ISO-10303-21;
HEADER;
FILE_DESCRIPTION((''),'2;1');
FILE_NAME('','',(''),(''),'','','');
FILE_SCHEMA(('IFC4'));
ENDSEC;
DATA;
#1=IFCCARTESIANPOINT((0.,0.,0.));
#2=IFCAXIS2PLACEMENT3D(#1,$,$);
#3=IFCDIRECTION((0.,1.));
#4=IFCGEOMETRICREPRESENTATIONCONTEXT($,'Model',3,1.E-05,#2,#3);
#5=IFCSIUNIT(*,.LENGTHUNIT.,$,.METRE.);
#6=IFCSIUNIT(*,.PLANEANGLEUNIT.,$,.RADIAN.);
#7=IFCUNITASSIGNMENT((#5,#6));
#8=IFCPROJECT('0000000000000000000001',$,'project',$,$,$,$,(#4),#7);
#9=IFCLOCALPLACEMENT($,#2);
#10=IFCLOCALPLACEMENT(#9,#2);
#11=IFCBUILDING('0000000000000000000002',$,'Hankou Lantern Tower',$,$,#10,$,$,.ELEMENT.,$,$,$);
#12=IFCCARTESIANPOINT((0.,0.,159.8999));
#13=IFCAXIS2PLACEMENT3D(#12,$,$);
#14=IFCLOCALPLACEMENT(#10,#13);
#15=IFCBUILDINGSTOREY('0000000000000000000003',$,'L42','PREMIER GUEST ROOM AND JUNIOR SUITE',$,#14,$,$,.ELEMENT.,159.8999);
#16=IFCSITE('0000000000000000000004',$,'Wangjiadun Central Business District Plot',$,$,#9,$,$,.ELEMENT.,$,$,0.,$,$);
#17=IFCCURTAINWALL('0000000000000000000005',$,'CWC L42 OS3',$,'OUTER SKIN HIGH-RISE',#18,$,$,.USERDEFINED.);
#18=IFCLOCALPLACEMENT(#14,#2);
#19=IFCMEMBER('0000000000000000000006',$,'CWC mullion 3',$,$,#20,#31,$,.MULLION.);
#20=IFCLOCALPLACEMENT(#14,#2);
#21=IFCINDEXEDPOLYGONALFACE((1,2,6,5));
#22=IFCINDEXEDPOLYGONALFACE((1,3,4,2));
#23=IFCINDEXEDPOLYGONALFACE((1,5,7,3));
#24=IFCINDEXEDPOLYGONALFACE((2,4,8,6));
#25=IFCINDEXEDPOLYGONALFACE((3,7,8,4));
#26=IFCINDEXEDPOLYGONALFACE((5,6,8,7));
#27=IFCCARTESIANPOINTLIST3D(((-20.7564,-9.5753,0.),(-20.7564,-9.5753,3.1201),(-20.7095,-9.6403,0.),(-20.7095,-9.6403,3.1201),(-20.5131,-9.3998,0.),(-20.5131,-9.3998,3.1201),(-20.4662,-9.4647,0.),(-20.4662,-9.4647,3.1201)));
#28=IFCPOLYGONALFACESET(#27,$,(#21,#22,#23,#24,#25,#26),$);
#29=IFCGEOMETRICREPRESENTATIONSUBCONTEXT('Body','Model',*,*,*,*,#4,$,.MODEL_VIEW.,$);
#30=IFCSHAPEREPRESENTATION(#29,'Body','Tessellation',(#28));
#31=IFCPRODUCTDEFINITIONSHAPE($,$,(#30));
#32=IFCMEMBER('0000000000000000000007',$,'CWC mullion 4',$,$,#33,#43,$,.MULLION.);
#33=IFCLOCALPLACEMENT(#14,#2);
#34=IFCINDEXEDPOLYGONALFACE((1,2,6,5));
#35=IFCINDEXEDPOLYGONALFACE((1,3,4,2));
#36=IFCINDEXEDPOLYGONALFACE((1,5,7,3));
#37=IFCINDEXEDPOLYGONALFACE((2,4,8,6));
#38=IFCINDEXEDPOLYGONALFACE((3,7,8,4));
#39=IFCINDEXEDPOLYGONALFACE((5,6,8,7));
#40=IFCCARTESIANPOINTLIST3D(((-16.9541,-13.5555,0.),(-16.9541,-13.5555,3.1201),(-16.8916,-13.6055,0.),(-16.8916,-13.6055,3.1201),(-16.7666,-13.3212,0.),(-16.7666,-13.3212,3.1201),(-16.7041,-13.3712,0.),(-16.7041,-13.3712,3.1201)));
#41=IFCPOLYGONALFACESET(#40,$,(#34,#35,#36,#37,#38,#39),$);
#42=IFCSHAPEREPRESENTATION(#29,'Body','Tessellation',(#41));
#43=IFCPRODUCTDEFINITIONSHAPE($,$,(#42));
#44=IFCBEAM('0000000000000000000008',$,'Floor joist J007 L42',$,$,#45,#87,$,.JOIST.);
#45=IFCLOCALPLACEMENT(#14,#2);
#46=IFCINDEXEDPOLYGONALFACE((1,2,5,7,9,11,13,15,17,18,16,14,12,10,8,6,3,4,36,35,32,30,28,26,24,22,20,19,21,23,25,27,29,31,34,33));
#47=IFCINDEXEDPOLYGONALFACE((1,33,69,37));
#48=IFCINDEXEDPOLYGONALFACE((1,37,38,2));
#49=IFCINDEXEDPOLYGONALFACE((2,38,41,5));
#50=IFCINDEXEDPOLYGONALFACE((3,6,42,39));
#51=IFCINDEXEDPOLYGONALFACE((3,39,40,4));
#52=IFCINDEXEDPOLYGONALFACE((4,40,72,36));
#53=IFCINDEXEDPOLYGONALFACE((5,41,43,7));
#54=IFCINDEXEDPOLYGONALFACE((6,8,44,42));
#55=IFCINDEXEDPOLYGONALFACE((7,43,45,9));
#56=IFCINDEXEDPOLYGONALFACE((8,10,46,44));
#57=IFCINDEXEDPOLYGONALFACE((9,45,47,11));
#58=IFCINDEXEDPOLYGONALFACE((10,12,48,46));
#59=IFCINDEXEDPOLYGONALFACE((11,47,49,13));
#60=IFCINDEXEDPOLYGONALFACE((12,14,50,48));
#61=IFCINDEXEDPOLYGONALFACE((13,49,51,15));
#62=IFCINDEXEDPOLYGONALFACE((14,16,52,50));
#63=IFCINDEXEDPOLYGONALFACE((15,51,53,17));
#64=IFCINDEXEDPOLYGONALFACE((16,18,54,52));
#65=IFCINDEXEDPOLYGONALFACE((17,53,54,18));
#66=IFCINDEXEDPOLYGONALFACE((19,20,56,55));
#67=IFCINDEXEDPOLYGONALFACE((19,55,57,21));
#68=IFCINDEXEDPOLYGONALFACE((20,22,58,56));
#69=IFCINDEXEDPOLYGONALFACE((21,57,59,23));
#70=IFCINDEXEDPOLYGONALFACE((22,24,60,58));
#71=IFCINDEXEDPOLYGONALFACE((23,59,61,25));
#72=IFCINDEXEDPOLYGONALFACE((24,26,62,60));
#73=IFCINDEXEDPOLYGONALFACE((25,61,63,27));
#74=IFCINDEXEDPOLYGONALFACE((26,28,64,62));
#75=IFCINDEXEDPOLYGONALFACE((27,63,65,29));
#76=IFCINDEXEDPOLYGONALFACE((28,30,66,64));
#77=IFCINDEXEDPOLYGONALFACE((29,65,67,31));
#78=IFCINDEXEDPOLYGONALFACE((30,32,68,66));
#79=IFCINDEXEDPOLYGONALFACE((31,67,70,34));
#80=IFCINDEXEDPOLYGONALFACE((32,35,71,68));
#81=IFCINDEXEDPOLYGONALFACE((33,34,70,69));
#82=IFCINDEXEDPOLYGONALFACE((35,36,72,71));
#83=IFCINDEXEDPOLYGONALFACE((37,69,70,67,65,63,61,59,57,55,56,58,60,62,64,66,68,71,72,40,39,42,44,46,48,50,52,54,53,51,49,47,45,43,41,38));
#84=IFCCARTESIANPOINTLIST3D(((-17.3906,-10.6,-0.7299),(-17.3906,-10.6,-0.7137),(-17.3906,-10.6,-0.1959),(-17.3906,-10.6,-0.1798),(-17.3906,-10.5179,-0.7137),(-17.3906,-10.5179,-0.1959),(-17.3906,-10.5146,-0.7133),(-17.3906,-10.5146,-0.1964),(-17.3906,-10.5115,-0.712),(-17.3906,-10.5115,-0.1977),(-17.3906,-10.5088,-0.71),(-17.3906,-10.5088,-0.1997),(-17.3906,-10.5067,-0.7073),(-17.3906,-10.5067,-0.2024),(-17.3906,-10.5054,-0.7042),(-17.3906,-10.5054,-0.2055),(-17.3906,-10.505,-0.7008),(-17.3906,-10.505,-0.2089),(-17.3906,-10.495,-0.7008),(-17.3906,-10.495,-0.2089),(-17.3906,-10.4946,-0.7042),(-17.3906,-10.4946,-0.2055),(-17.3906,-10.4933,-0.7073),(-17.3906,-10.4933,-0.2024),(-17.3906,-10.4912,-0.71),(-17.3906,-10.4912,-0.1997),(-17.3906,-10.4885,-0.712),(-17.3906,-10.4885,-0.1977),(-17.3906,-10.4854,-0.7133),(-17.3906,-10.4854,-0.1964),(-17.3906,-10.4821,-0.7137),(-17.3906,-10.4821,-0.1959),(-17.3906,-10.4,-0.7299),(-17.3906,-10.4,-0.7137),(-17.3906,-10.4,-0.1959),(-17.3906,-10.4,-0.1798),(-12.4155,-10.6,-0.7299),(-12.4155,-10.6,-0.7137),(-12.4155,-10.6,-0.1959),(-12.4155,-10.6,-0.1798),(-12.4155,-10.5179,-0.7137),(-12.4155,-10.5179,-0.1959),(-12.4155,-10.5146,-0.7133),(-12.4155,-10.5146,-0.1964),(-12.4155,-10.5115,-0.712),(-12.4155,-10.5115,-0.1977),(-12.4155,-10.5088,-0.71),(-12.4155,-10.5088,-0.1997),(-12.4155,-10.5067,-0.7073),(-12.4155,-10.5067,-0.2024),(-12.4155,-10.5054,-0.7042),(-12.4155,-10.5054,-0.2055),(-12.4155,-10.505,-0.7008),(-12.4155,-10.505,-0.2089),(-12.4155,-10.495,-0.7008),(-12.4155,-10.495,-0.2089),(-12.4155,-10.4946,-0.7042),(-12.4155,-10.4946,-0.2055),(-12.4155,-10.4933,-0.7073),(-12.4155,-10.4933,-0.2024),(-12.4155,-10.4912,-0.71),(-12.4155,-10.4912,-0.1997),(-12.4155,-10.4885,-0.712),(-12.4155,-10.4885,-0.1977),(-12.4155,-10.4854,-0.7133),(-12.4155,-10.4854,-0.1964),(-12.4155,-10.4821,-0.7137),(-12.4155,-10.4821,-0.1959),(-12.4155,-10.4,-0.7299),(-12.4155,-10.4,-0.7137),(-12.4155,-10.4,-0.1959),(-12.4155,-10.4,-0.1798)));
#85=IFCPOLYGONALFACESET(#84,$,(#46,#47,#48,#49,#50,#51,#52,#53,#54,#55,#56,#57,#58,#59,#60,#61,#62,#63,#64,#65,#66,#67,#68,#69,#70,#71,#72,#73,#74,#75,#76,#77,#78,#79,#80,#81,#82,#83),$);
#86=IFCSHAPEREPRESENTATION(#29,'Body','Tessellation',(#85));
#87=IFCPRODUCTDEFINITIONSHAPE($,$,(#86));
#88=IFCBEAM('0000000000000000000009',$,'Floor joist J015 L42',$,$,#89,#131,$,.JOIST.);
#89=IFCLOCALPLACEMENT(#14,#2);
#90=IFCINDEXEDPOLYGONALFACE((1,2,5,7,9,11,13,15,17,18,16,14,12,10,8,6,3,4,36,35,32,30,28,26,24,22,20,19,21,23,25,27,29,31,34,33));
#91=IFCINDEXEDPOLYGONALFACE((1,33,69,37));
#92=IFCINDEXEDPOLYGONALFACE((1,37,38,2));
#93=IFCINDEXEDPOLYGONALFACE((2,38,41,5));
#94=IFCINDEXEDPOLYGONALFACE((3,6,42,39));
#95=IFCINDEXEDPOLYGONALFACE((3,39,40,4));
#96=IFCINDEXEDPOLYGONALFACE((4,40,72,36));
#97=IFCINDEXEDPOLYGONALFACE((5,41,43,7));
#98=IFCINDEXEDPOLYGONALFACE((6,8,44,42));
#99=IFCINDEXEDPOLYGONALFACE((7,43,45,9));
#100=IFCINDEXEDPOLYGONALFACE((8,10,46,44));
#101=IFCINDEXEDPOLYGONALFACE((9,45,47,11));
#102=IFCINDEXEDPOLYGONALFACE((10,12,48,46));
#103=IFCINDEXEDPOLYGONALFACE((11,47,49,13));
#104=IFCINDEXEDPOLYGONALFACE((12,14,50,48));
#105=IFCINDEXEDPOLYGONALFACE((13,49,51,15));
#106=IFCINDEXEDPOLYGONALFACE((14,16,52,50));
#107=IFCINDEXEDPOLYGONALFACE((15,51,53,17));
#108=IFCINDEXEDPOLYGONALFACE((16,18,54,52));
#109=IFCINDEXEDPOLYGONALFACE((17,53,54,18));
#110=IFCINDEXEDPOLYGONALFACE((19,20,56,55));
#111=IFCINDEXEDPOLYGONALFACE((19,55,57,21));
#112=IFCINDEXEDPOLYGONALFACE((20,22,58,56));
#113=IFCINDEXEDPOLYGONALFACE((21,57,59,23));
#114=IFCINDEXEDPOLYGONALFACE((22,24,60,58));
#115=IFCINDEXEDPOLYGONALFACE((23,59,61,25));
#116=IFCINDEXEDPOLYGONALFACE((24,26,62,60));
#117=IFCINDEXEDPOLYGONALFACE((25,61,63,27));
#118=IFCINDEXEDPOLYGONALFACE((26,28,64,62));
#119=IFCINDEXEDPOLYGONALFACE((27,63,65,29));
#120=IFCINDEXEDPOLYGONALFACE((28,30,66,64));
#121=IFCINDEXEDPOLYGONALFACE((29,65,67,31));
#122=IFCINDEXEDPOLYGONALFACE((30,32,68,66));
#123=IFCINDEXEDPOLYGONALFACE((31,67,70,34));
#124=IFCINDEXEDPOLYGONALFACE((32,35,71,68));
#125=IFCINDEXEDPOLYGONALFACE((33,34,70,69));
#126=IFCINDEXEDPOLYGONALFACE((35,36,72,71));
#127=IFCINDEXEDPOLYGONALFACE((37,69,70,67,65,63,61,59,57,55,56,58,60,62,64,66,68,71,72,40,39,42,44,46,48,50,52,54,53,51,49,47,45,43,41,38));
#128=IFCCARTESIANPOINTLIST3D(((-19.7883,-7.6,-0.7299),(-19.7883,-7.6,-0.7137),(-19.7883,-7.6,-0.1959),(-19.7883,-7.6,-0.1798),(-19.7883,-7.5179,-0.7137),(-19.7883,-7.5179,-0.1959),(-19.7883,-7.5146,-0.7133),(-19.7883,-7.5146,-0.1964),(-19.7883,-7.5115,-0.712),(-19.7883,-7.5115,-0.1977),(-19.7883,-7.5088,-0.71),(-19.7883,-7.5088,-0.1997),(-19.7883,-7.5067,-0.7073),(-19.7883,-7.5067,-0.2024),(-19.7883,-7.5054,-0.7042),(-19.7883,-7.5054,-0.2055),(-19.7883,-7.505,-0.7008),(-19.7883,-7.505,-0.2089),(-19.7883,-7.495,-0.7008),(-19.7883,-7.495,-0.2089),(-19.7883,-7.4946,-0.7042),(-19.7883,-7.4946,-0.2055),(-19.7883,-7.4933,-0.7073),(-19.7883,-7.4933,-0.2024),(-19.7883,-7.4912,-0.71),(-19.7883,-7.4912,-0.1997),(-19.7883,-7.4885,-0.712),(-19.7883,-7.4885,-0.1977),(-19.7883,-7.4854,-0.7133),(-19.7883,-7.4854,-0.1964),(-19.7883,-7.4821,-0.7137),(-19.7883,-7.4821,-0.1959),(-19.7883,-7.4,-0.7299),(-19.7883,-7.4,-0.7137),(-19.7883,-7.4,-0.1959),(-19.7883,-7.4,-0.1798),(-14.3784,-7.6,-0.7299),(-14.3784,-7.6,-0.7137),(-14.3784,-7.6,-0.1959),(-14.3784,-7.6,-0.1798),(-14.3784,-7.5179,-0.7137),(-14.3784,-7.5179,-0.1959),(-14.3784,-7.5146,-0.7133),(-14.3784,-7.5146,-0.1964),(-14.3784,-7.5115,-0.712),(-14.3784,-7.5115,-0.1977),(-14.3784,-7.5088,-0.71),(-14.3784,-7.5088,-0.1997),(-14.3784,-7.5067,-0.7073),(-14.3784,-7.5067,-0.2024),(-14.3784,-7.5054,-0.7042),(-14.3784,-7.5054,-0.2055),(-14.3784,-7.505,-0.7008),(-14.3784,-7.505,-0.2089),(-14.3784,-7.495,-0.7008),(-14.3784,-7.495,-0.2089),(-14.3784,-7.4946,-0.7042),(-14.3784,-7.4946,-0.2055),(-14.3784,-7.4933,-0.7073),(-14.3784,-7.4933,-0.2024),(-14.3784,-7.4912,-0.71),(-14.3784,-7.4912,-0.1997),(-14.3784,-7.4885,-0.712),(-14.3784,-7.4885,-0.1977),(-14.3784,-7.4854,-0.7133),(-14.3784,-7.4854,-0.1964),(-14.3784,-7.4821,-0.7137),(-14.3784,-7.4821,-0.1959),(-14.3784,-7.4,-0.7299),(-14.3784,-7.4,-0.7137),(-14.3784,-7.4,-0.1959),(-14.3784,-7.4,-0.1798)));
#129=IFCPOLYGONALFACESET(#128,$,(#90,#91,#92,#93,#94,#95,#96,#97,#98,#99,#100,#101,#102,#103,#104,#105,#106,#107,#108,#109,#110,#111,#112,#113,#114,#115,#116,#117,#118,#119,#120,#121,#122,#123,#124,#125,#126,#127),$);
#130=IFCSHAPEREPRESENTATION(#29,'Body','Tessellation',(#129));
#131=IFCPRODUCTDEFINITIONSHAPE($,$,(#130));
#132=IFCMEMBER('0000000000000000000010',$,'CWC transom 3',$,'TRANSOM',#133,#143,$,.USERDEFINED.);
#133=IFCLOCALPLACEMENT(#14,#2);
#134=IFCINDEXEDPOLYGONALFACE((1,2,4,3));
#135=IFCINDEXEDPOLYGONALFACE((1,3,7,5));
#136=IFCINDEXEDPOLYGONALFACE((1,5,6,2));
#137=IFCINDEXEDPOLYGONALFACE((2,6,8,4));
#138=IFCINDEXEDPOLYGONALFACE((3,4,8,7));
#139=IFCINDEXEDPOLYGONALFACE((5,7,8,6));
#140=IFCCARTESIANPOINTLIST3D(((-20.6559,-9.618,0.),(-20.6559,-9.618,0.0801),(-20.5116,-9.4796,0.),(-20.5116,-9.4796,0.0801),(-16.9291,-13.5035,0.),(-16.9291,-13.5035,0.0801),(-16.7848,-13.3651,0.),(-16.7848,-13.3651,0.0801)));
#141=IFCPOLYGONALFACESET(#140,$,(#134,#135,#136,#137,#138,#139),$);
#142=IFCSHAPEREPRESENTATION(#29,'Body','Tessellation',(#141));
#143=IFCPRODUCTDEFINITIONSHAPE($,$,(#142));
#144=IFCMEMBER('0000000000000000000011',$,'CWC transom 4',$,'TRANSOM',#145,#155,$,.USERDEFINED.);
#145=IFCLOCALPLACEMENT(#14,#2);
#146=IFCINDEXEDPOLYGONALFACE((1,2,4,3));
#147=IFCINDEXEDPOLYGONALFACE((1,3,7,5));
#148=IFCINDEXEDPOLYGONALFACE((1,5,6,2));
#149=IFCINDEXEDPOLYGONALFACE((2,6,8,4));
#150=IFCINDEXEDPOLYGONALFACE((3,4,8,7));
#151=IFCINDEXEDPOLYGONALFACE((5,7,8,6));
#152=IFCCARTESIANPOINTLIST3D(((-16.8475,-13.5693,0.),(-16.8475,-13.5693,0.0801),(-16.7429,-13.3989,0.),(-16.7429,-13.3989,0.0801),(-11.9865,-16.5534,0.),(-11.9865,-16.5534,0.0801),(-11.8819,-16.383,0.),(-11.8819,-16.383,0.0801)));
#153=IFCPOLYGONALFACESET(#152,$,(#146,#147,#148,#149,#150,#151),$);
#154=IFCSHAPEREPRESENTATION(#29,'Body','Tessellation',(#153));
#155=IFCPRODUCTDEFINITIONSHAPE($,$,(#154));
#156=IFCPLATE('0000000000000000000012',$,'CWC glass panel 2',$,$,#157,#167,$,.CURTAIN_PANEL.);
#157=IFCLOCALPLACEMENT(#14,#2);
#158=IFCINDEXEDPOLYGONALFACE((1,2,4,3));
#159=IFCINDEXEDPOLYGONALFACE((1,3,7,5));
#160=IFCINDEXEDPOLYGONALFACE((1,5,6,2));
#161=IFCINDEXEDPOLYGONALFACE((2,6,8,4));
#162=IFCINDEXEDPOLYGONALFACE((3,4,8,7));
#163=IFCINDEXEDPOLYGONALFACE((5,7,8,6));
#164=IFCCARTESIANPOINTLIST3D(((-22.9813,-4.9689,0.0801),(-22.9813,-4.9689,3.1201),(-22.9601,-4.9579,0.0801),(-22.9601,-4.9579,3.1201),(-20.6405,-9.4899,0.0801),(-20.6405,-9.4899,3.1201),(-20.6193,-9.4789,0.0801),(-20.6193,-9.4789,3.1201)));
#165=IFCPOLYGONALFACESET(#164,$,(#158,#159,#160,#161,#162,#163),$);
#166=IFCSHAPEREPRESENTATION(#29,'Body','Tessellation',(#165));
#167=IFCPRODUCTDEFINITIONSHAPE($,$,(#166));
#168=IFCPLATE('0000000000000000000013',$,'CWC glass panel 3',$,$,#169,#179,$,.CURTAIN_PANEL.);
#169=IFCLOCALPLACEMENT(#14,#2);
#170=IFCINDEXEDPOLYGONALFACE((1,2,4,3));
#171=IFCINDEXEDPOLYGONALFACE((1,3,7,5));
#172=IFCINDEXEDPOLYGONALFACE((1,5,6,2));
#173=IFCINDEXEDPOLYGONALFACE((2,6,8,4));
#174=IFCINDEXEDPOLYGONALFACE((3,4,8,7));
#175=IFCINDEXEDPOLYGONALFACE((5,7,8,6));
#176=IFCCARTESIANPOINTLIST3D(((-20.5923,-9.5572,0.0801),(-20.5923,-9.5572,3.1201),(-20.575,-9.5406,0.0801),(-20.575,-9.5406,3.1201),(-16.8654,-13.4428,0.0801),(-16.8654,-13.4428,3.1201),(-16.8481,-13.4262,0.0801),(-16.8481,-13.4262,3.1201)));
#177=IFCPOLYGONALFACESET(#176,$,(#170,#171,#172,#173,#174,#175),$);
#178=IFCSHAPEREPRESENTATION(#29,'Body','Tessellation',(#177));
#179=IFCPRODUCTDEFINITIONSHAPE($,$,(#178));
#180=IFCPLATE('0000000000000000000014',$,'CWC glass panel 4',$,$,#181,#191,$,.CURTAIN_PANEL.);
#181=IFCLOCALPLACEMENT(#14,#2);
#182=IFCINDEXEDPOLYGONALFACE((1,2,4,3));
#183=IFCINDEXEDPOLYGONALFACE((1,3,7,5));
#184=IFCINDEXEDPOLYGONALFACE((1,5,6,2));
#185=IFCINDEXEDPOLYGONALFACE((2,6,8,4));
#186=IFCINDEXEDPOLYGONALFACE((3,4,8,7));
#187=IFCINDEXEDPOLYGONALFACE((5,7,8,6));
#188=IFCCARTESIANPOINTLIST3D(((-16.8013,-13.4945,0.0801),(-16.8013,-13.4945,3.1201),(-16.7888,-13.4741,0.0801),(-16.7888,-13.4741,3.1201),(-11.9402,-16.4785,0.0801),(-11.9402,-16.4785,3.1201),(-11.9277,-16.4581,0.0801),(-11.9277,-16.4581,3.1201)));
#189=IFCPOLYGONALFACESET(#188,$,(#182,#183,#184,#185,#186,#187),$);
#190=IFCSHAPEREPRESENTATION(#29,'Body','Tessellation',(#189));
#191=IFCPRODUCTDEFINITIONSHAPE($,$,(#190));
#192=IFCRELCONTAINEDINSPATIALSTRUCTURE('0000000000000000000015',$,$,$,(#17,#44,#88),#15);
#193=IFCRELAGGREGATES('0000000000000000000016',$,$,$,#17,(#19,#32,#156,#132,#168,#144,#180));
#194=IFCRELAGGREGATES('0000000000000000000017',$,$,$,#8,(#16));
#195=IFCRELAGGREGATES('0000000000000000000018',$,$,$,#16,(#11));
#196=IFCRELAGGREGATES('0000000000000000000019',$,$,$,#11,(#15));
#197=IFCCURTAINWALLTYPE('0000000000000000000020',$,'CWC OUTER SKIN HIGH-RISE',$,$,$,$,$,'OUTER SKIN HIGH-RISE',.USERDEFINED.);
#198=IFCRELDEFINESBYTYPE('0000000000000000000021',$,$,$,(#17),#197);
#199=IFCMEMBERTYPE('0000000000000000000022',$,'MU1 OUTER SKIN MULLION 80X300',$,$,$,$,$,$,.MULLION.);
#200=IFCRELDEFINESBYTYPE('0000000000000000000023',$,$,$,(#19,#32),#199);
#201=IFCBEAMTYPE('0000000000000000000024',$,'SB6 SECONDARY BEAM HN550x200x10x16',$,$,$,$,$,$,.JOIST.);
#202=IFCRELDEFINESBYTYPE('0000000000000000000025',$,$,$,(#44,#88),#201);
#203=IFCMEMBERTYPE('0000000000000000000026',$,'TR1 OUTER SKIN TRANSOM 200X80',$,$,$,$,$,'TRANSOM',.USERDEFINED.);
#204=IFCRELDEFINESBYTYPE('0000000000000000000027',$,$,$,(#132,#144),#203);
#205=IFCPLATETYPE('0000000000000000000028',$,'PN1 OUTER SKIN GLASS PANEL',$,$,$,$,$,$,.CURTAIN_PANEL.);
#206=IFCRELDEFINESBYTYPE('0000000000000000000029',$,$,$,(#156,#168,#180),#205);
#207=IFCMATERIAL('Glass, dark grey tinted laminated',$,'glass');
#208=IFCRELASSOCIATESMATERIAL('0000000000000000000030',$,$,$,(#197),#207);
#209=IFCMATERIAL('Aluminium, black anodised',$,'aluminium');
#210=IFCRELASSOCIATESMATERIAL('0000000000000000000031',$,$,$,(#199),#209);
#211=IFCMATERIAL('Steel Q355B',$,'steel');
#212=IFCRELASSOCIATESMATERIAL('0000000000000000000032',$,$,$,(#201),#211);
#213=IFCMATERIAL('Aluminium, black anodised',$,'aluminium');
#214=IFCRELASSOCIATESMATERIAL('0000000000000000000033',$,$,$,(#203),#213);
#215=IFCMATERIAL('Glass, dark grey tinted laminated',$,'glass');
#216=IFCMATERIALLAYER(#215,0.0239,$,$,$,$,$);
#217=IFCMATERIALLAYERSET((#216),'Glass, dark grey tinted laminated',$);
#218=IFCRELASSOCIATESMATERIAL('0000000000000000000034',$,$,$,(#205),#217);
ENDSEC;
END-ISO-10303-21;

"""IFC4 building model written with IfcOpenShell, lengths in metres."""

from ifc_helpers import new_model, si_unit, direction, frame, origin, origin_2d, place, context, subcontext, project, spatial, rectangle, i_section, extrude, material, layer, layer_set, material_profile, profile_set, type_object, element, aggregate, save


model = new_model("IFC4")

# Units and contexts
model_context = context("Model", 3, precision=1e-05, world=origin(), true_north=direction((0.0, 1.0)))
body_context = subcontext(model_context, "Body", "Model", "MODEL_VIEW")
ifc_project = project(units=[si_unit("LENGTHUNIT", "METRE"), si_unit("PLANEANGLEUNIT", "RADIAN")], contexts=[model_context])

# Site, building, storey
site_placement = place(None, origin())
site = spatial("IfcSite", under=ifc_project, at=site_placement, Name="Wangjiadun Central Business District Plot", CompositionType="ELEMENT", RefElevation=0.0)
building_placement = place(site_placement, origin())
building = spatial("IfcBuilding", under=site, at=building_placement, Name="Hankou Lantern Tower", CompositionType="ELEMENT")
storey_placement = place(building_placement, frame((0.0, 0.0, 159.8999)))
storey = spatial("IfcBuildingStorey", under=building, at=storey_placement, Name="L42", Description="PREMIER GUEST ROOM AND JUNIOR SUITE", CompositionType="ELEMENT", Elevation=159.8999)

# Curtain wall, members
ifc_material_1 = material(Name="Glass, dark grey tinted laminated", Category="glass")
curtain_wall_type = type_object("IfcCurtainWallType", Name="CWC OUTER SKIN HIGH-RISE", ElementType="OUTER SKIN HIGH-RISE", PredefinedType="USERDEFINED", material=ifc_material_1)
curtain_wall_placement = place(storey_placement, origin())
curtain_wall = element("IfcCurtainWall", 1, at=curtain_wall_placement, inside=storey, type_object=curtain_wall_type, Name="CWC L42 OS3", ObjectType="OUTER SKIN HIGH-RISE", PredefinedType="USERDEFINED")
ifc_material_2 = material(Name="Aluminium, black anodised", Category="aluminium")
ifc_material_profile_1 = material_profile(ifc_material_2, rectangle(XDim=0.0801, YDim=0.3, at=origin_2d()), Name="MU1 80X300")
ifc_profile_set_1 = profile_set([ifc_material_profile_1], Name="Aluminium, black anodised")
member_type_1 = type_object("IfcMemberType", Name="MU1 OUTER SKIN MULLION 80X300", PredefinedType="MULLION", material=ifc_profile_set_1)
member_1_placement = place(storey_placement, frame((-20.6113, -9.52, 0.0), z_axis=(0.0, 0.0, 1.0), x_axis=(0.585206, -0.810885, 0.0)))
member_1 = element("IfcMember", 2, at=member_1_placement, type_object=member_type_1, Name="CWC mullion 3", PredefinedType="MULLION", context=body_context, shape_type="SweptSolid", body=[
    extrude(rectangle(XDim=0.0801, YDim=0.3, at=origin_2d()), origin(), (0.0, 0.0, 1.0), 3.1201),
])
member_2_placement = place(storey_placement, frame((-16.8291, -13.4634, 0.0), z_axis=(0.0, 0.0, 1.0), x_axis=(0.780869, -0.624695, 0.0)))
member_2 = element("IfcMember", 3, at=member_2_placement, type_object=member_type_1, Name="CWC mullion 4", PredefinedType="MULLION", context=body_context, shape_type="SweptSolid", body=[
    extrude(rectangle(XDim=0.0801, YDim=0.3, at=origin_2d()), origin(), (0.0, 0.0, 1.0), 3.1201),
])

# Beams
ifc_material_3 = material(Name="Steel Q355B", Category="steel")
ifc_material_profile_2 = material_profile(ifc_material_3, i_section(OverallWidth=0.2, OverallDepth=0.55, WebThickness=0.01, FlangeThickness=0.0161, FilletRadius=0.0129, at=origin_2d()), Name="HN550x200x10x16")
ifc_profile_set_2 = profile_set([ifc_material_profile_2], Name="Steel Q355B")
beam_type_1 = type_object("IfcBeamType", Name="SB6 SECONDARY BEAM HN550x200x10x16", PredefinedType="JOIST", material=ifc_profile_set_2)
beam_1_placement = place(storey_placement, frame((-17.3906, -10.5, -0.4548), z_axis=(1.0, 0.0, 0.0), x_axis=(0.0, 1.0, 0.0)))
element("IfcBeam", 4, at=beam_1_placement, inside=storey, type_object=beam_type_1, Name="Floor joist J007 L42", PredefinedType="JOIST", context=body_context, shape_type="SweptSolid", body=[
    extrude(i_section(OverallWidth=0.2, OverallDepth=0.55, WebThickness=0.01, FlangeThickness=0.0161, FilletRadius=0.0129, at=origin_2d()), origin(), (0.0, 0.0, 1.0), 4.9751),
])
beam_2_placement = place(storey_placement, frame((-19.7883, -7.5, -0.4548), z_axis=(1.0, 0.0, 0.0), x_axis=(0.0, 1.0, 0.0)))
element("IfcBeam", 5, at=beam_2_placement, inside=storey, type_object=beam_type_1, Name="Floor joist J015 L42", PredefinedType="JOIST", context=body_context, shape_type="SweptSolid", body=[
    extrude(i_section(OverallWidth=0.2, OverallDepth=0.55, WebThickness=0.01, FlangeThickness=0.0161, FilletRadius=0.0129, at=origin_2d()), origin(), (0.0, 0.0, 1.0), 5.4099),
])

# Members
ifc_material_4 = material(Name="Aluminium, black anodised", Category="aluminium")
ifc_material_profile_3 = material_profile(ifc_material_4, rectangle(XDim=0.2, YDim=0.0801, at=origin_2d()), Name="TR1 200X80")
ifc_profile_set_3 = profile_set([ifc_material_profile_3], Name="Aluminium, black anodised")
member_type_2 = type_object("IfcMemberType", Name="TR1 OUTER SKIN TRANSOM 200X80", ElementType="TRANSOM", PredefinedType="USERDEFINED", material=ifc_profile_set_3)
member_3_placement = place(storey_placement, frame((-20.5837, -9.5488, 0.04), z_axis=(0.692216, -0.721691, 0.0), x_axis=(0.721691, 0.692216, 0.0)))
member_3 = element("IfcMember", 6, at=member_3_placement, type_object=member_type_2, Name="CWC transom 3", ObjectType="TRANSOM", PredefinedType="USERDEFINED", context=body_context, shape_type="SweptSolid", body=[
    extrude(rectangle(XDim=0.2, YDim=0.0801, at=origin_2d()), origin(), (0.0, 0.0, 1.0), 5.3838),
])
member_4_placement = place(storey_placement, frame((-16.7952, -13.4841, 0.04), z_axis=(0.852229, -0.523168, 0.0), x_axis=(0.523168, 0.852229, 0.0)))
member_4 = element("IfcMember", 7, at=member_4_placement, type_object=member_type_2, Name="CWC transom 4", ObjectType="TRANSOM", PredefinedType="USERDEFINED", context=body_context, shape_type="SweptSolid", body=[
    extrude(rectangle(XDim=0.2, YDim=0.0801, at=origin_2d()), origin(), (0.0, 0.0, 1.0), 5.7039),
])

# Plates
ifc_material_5 = material(Name="Glass, dark grey tinted laminated", Category="glass")
ifc_layer_1 = layer(ifc_material_5, 0.0239)
ifc_layer_set_1 = layer_set([ifc_layer_1], Name="Glass, dark grey tinted laminated")
plate_type = type_object("IfcPlateType", Name="PN1 OUTER SKIN GLASS PANEL", PredefinedType="CURTAIN_PANEL", material=ifc_layer_set_1)
plate_1_placement = place(storey_placement, frame((-21.8003, -7.2239, 0.0801), z_axis=(0.0, 0.0, 1.0), x_axis=(0.459791, -0.888027, 0.0)))
plate_1 = element("IfcPlate", 8, at=plate_1_placement, type_object=plate_type, Name="CWC glass panel 2", PredefinedType="CURTAIN_PANEL", context=body_context, shape_type="SweptSolid", body=[
    extrude(rectangle(XDim=5.0911, YDim=0.0239, at=origin_2d()), origin(), (0.0, 0.0, 1.0), 3.04),
])
plate_2_placement = place(storey_placement, frame((-18.7202, -11.4917, 0.0801), z_axis=(0.0, 0.0, 1.0), x_axis=(0.692216, -0.721691, 0.0)))
plate_2 = element("IfcPlate", 9, at=plate_2_placement, type_object=plate_type, Name="CWC glass panel 3", PredefinedType="CURTAIN_PANEL", context=body_context, shape_type="SweptSolid", body=[
    extrude(rectangle(XDim=5.384, YDim=0.0239, at=origin_2d()), origin(), (0.0, 0.0, 1.0), 3.04),
])
plate_3_placement = place(storey_placement, frame((-14.3645, -14.9763, 0.0801), z_axis=(0.0, 0.0, 1.0), x_axis=(0.852237, -0.523156, 0.0)))
plate_3 = element("IfcPlate", 10, at=plate_3_placement, type_object=plate_type, Name="CWC glass panel 4", PredefinedType="CURTAIN_PANEL", context=body_context, shape_type="SweptSolid", body=[
    extrude(rectangle(XDim=5.7039, YDim=0.0239, at=origin_2d()), origin(), (0.0, 0.0, 1.0), 3.04),
])
aggregate(curtain_wall, [member_1, member_2, plate_1, member_3, plate_2, member_4, plate_3])

save(model, "model.ifc")
